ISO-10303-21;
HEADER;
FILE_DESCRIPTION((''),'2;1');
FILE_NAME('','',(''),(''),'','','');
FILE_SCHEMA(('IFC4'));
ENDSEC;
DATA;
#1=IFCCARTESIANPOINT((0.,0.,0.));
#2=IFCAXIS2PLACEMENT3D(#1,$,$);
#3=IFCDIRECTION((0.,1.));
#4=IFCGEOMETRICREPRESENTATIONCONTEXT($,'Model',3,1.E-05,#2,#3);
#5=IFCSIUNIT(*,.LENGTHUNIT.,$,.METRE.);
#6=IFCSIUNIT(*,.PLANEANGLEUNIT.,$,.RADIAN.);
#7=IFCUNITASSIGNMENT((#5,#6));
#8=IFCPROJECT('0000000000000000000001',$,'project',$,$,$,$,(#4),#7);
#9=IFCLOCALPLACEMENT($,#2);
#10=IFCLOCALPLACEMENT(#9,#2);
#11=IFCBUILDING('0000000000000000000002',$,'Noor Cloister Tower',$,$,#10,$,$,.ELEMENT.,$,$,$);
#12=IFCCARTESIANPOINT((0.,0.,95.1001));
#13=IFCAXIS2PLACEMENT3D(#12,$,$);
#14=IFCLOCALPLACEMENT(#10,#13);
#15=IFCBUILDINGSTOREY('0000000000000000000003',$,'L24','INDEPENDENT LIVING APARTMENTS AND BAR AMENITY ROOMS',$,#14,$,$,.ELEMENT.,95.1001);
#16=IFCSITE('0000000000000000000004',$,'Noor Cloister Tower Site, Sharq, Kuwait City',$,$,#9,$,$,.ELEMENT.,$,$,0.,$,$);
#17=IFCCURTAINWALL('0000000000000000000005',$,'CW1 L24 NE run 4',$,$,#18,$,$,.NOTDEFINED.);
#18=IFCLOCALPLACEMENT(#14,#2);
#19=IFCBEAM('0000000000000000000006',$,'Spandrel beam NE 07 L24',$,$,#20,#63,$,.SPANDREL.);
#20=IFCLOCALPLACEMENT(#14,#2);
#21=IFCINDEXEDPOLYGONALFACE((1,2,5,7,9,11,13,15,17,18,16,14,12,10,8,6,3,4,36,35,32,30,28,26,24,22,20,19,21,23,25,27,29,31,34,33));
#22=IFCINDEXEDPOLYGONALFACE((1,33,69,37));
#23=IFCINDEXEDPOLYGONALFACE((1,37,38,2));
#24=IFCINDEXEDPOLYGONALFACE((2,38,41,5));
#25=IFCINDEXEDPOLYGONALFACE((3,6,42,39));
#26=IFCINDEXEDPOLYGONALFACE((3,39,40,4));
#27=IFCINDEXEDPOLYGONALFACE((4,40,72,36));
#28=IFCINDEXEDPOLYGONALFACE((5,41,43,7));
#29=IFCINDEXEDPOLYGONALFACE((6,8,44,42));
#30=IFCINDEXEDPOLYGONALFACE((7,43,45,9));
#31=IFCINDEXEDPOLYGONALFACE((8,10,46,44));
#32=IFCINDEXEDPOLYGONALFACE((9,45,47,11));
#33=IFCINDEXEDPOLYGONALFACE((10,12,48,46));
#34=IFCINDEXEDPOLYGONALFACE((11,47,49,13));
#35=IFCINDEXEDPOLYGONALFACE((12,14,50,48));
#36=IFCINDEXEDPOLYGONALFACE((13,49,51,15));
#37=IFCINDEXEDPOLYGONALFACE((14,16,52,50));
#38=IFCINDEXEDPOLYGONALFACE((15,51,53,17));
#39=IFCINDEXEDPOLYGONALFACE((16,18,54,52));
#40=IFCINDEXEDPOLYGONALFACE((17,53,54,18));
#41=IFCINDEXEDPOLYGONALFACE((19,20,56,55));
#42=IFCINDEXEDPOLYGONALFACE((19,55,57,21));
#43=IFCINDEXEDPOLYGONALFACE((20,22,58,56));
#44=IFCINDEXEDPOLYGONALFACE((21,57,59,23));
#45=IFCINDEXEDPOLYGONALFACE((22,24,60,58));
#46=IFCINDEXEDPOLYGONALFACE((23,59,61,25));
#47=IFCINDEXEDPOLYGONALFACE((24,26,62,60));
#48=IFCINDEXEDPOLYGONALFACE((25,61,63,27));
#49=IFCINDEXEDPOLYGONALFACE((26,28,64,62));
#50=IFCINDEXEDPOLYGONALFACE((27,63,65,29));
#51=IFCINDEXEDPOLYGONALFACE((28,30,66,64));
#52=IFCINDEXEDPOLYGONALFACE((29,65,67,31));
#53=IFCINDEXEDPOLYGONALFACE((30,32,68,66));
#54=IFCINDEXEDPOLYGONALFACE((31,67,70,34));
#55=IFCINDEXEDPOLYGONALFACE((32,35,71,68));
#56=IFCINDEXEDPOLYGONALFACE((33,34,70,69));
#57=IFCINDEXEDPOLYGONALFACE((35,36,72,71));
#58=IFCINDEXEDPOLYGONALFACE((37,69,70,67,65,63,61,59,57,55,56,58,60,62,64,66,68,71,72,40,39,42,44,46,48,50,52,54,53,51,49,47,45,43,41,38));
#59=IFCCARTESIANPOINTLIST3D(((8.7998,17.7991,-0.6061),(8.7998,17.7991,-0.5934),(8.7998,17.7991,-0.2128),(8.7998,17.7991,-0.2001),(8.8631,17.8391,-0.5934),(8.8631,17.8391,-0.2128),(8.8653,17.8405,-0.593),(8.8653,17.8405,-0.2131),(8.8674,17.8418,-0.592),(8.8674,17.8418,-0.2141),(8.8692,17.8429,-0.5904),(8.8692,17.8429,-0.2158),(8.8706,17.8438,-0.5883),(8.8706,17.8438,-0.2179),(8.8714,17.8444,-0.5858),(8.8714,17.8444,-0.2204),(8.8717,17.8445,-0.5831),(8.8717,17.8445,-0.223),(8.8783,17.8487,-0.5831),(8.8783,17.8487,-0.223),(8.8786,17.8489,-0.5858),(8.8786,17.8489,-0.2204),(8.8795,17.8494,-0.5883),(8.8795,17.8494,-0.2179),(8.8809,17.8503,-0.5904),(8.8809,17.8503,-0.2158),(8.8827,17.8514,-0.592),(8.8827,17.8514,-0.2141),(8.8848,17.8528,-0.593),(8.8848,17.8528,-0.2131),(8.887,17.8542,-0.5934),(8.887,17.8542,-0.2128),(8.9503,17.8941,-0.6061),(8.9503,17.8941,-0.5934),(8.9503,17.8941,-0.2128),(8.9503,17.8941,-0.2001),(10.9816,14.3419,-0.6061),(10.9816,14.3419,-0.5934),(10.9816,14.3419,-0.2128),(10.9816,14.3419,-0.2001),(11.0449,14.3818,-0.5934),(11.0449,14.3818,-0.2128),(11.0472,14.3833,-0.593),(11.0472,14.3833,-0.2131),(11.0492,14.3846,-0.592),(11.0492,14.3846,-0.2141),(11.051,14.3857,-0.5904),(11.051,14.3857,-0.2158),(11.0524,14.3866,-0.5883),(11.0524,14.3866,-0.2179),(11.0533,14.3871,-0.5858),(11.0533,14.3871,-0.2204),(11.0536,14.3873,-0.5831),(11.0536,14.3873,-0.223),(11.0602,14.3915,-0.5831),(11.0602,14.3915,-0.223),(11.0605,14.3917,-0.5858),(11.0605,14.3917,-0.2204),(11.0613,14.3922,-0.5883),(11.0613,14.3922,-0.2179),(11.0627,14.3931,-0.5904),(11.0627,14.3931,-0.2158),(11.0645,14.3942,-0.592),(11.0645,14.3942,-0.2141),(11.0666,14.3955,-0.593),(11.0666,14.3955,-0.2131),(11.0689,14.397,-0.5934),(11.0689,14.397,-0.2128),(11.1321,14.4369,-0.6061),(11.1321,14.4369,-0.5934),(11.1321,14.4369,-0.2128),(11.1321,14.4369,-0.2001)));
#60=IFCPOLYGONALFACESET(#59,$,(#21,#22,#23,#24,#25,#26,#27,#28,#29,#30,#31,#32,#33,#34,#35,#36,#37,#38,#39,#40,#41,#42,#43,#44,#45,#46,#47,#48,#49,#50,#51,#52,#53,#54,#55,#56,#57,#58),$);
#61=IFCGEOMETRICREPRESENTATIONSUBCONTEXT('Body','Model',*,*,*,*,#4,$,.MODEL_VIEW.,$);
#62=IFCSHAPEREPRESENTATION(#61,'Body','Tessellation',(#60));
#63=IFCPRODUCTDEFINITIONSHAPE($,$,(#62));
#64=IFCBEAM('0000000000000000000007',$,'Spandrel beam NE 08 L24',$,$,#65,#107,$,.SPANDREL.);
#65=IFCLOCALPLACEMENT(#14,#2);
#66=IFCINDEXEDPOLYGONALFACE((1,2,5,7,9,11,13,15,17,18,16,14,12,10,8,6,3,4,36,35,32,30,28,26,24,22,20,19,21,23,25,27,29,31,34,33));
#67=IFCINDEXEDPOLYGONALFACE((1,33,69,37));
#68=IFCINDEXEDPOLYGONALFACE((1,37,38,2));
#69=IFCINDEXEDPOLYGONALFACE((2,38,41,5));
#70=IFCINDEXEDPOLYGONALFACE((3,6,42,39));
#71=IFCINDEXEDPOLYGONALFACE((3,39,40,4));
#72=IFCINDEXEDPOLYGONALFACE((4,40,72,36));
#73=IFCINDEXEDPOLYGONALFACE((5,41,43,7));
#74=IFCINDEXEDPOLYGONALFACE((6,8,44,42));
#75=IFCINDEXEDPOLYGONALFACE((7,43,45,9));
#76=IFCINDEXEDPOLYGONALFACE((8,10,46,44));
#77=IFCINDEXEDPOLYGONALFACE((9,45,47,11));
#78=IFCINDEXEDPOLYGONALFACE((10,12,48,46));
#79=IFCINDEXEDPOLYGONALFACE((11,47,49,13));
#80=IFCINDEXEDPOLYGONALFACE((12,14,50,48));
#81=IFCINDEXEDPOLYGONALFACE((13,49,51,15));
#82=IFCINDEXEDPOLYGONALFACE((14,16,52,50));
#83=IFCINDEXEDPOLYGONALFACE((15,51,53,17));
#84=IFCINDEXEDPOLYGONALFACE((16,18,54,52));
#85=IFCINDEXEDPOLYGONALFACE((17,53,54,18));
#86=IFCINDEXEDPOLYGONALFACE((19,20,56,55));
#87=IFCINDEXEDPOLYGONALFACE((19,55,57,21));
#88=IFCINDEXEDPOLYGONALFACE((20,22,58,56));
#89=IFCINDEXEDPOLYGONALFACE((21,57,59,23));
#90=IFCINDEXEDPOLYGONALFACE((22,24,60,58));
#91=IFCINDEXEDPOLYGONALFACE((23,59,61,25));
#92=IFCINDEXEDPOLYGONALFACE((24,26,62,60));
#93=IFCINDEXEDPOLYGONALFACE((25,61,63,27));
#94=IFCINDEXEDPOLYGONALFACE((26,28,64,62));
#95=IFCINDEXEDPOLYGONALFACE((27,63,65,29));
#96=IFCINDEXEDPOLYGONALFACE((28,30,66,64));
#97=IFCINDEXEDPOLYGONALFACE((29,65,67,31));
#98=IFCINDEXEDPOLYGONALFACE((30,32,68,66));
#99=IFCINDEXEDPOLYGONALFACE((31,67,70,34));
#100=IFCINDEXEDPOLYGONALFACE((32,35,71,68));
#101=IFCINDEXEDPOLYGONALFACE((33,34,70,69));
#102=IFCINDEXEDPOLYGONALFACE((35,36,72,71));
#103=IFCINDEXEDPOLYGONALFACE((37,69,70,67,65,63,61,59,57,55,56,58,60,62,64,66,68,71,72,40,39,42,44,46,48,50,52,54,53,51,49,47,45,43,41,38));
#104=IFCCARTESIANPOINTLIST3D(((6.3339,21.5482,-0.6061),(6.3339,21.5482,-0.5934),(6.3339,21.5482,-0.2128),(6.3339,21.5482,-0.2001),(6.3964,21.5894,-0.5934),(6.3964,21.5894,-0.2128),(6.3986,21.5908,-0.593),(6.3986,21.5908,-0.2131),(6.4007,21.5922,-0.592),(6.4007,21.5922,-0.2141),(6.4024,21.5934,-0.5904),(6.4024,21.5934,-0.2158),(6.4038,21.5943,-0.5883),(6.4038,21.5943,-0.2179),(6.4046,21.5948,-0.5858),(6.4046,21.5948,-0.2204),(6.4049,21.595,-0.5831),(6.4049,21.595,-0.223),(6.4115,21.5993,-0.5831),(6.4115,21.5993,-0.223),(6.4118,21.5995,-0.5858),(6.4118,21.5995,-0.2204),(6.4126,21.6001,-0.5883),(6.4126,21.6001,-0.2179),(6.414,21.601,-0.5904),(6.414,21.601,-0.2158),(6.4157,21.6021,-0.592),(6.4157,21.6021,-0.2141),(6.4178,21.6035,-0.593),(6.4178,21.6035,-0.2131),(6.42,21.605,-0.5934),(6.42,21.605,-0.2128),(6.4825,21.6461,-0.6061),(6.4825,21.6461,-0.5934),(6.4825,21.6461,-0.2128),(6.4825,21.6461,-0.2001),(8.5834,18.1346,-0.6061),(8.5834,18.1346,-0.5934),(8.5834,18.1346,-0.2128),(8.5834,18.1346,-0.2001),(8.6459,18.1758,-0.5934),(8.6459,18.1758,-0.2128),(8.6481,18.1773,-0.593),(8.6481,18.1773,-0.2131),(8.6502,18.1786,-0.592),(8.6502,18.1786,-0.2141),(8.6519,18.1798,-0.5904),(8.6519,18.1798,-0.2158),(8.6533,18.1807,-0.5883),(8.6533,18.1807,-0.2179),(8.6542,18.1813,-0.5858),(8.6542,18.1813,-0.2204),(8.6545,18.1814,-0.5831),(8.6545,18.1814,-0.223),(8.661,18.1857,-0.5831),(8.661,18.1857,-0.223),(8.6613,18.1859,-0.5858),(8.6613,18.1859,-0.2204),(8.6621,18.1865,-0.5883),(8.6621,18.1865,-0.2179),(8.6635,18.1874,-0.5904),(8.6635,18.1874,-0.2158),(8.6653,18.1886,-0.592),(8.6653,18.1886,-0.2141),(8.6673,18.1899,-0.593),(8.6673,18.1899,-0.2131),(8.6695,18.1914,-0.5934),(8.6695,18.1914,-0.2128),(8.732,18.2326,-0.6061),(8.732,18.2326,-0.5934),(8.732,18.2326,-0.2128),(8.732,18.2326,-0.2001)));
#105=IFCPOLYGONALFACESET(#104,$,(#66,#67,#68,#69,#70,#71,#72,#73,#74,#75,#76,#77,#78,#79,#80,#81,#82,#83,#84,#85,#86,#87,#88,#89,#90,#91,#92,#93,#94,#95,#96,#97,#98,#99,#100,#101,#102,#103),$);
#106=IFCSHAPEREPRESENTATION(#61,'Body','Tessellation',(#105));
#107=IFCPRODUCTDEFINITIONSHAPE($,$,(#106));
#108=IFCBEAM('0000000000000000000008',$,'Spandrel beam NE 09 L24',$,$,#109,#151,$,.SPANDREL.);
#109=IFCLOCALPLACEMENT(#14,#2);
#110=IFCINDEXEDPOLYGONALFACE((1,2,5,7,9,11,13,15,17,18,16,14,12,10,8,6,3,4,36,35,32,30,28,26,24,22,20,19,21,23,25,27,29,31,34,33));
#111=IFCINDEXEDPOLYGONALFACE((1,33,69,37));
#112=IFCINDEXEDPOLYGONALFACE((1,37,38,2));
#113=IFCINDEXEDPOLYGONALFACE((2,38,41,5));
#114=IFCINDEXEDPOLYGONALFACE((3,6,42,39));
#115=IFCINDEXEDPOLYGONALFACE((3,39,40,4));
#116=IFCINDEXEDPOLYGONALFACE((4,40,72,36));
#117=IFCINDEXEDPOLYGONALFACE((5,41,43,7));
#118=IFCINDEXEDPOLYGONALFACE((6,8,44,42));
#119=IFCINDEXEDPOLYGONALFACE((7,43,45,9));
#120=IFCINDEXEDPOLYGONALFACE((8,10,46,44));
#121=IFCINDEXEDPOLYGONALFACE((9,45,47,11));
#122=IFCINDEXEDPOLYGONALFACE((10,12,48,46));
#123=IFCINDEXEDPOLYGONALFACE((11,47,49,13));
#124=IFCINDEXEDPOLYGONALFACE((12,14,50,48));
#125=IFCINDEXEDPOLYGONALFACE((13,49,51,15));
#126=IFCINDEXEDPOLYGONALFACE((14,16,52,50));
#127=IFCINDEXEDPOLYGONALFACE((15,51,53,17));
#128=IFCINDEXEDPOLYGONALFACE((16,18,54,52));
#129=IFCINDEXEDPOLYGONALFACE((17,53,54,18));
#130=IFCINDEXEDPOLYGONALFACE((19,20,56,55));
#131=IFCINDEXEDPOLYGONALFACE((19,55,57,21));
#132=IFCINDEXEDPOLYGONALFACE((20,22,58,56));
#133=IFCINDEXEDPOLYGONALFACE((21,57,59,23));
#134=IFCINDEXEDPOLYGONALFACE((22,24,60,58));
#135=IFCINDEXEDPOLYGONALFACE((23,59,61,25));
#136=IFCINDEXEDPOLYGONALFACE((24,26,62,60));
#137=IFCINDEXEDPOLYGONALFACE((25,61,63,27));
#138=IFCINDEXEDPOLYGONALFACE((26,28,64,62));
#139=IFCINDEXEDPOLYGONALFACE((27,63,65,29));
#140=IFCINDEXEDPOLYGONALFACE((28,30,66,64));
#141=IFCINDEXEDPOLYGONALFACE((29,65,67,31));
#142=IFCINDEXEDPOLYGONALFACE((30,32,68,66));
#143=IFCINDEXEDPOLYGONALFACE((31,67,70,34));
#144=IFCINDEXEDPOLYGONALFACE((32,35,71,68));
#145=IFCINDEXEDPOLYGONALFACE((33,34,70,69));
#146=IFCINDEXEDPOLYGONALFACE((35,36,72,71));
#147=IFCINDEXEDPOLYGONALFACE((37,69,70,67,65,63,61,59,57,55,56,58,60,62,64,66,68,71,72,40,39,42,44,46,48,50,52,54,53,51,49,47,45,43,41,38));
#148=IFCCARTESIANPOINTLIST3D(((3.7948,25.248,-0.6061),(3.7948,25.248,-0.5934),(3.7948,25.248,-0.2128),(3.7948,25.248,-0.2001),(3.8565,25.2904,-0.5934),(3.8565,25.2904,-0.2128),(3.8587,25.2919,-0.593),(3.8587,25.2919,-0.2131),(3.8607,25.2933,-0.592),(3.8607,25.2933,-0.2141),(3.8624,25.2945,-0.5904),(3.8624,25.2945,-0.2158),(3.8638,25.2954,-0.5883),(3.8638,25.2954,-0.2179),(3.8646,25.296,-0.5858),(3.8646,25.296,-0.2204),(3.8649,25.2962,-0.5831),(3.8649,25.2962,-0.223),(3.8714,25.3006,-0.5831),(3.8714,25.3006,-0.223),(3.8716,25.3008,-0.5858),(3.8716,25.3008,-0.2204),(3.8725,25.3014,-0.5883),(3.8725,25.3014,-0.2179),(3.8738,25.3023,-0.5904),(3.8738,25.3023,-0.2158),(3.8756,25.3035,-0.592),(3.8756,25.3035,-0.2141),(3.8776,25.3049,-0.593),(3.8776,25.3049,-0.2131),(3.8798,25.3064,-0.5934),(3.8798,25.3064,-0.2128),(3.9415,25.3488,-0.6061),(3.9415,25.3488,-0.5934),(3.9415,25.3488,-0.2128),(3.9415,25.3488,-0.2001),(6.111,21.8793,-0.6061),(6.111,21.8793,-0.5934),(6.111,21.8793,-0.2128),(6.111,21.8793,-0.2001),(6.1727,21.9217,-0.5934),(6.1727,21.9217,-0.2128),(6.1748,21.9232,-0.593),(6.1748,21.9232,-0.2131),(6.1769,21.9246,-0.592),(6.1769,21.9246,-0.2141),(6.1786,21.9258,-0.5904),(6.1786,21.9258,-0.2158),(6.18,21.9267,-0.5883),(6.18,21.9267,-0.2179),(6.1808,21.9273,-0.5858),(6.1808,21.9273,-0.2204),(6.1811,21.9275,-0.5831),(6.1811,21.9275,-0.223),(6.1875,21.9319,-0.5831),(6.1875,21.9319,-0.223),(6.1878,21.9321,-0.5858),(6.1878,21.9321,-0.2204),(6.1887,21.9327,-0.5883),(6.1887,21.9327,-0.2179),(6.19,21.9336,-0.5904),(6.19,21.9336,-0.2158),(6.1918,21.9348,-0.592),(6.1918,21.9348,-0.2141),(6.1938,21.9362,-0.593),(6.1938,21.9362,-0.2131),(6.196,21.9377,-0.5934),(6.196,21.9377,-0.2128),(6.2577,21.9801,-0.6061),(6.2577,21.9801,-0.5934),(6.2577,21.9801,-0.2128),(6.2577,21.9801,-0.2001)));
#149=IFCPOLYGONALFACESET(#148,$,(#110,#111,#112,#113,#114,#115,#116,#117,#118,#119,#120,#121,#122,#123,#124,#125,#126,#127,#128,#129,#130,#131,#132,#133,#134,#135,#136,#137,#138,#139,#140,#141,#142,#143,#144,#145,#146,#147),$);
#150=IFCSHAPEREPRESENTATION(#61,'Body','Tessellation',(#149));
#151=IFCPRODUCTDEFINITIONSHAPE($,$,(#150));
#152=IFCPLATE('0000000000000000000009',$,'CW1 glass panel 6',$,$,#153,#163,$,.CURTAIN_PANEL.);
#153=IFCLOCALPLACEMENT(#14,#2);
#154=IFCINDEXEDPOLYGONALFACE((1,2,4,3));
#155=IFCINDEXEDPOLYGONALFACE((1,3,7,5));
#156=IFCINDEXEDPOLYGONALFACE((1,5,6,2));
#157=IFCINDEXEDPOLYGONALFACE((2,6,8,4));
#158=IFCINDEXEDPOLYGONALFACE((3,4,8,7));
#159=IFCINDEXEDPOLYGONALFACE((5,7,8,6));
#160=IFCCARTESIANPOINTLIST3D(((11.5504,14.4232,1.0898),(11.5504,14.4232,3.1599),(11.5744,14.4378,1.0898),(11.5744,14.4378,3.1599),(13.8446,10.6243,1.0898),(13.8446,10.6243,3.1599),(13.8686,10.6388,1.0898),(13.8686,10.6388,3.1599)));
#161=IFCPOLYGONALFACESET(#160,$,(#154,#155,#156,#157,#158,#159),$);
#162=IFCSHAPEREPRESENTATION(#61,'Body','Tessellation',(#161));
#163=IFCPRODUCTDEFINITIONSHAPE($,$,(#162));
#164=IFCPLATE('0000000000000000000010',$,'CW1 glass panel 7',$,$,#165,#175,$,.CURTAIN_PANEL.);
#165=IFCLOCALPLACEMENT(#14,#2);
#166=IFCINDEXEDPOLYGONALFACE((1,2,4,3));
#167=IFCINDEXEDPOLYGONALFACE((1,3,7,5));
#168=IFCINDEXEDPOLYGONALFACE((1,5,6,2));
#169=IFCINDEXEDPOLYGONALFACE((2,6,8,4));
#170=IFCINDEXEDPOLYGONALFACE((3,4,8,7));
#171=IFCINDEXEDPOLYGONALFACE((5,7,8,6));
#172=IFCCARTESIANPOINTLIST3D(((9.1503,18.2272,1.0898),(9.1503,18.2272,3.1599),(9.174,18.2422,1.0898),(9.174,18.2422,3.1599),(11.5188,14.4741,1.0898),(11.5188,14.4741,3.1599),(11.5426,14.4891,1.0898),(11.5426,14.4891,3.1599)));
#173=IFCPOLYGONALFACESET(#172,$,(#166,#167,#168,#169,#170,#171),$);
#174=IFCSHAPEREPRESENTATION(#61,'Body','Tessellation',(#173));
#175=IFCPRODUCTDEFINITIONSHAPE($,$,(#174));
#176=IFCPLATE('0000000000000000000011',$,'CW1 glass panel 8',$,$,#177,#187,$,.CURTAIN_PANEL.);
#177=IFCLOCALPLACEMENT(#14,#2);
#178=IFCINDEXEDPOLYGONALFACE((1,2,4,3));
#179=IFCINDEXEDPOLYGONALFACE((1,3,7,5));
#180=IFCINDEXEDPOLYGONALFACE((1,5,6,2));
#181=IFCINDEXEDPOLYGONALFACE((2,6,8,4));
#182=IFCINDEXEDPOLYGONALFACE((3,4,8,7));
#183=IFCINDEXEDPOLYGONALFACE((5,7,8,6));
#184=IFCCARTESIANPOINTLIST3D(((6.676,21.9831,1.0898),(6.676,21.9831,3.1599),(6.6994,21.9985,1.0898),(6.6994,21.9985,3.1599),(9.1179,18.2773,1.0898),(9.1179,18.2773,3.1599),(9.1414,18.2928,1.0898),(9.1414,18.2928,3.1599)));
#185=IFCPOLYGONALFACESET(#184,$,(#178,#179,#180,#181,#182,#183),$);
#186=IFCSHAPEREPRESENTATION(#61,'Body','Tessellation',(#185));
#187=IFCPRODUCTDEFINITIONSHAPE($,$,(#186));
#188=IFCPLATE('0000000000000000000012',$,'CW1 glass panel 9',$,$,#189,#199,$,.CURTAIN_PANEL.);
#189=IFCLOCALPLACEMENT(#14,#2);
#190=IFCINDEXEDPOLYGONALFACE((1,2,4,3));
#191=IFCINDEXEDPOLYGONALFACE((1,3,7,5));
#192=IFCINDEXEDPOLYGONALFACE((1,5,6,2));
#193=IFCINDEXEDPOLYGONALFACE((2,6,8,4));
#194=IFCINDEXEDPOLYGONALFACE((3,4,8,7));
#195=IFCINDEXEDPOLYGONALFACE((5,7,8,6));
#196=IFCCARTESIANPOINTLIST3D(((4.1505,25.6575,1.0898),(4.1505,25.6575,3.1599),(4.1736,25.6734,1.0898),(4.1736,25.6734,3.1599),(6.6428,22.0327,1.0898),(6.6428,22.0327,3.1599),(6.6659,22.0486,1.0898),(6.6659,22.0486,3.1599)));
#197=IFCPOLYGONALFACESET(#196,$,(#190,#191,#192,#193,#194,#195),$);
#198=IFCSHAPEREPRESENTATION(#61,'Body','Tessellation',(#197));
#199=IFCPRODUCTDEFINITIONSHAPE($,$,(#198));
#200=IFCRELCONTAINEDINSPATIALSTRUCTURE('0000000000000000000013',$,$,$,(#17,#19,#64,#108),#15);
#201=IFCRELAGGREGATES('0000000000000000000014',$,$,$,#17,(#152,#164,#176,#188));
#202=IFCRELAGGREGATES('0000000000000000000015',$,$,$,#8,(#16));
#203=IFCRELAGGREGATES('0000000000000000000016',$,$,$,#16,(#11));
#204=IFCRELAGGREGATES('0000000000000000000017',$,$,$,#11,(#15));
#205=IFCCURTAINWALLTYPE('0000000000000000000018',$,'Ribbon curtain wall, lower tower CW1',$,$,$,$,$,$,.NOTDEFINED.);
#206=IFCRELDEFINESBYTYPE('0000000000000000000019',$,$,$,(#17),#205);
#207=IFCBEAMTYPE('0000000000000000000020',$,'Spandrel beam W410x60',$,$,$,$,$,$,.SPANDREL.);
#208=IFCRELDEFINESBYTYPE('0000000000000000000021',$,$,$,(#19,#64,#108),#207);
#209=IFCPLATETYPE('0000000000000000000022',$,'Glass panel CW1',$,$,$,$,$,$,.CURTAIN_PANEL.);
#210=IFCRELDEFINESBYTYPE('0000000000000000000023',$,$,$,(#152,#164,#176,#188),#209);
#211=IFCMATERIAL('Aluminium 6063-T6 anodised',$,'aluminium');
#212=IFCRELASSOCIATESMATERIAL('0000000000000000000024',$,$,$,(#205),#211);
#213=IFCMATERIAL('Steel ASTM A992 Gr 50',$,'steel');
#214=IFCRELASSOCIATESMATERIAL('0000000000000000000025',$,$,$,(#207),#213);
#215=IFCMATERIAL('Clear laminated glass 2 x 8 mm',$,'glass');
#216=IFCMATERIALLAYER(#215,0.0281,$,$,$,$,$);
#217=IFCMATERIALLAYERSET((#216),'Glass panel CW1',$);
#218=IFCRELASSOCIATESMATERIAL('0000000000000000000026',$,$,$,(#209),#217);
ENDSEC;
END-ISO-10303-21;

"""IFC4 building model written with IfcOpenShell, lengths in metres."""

from ifc_helpers import new_model, si_unit, direction, frame, origin, origin_2d, place, context, subcontext, project, spatial, rectangle, i_section, extrude, material, layer, layer_set, material_profile, profile_set, type_object, element, aggregate, save


model = new_model("IFC4")

# Units and contexts
model_context = context("Model", 3, precision=1e-05, world=origin(), true_north=direction((0.0, 1.0)))
body_context = subcontext(model_context, "Body", "Model", "MODEL_VIEW")
ifc_project = project(units=[si_unit("LENGTHUNIT", "METRE"), si_unit("PLANEANGLEUNIT", "RADIAN")], contexts=[model_context])

# Site, building, storey
site_placement = place(None, origin())
site = spatial("IfcSite", under=ifc_project, at=site_placement, Name="Noor Cloister Tower Site, Sharq, Kuwait City", CompositionType="ELEMENT", RefElevation=0.0)
building_placement = place(site_placement, origin())
building = spatial("IfcBuilding", under=site, at=building_placement, Name="Noor Cloister Tower", CompositionType="ELEMENT")
storey_placement = place(building_placement, frame((0.0, 0.0, 95.1001)))
storey = spatial("IfcBuildingStorey", under=building, at=storey_placement, Name="L24", Description="INDEPENDENT LIVING APARTMENTS AND BAR AMENITY ROOMS", CompositionType="ELEMENT", Elevation=95.1001)

# Curtain wall
ifc_material_1 = material(Name="Aluminium 6063-T6 anodised", Category="aluminium")
curtain_wall_type = type_object("IfcCurtainWallType", Name="Ribbon curtain wall, lower tower CW1", PredefinedType="NOTDEFINED", material=ifc_material_1)
curtain_wall_placement = place(storey_placement, origin())
curtain_wall = element("IfcCurtainWall", 1, at=curtain_wall_placement, inside=storey, type_object=curtain_wall_type, Name="CW1 L24 NE run 4", PredefinedType="NOTDEFINED")

# Beams
ifc_material_2 = material(Name="Steel ASTM A992 Gr 50", Category="steel")
ifc_material_profile_1 = material_profile(ifc_material_2, i_section(OverallWidth=0.178, OverallDepth=0.406, WebThickness=0.0078, FlangeThickness=0.0127, FilletRadius=0.0103, at=origin_2d()), Name="W410x60")
ifc_profile_set_1 = profile_set([ifc_material_profile_1], Name="Steel ASTM A992 Gr 50")
beam_type_1 = type_object("IfcBeamType", Name="Spandrel beam W410x60", PredefinedType="SPANDREL", material=ifc_profile_set_1)
for number, where, z_axis, x_axis, name in (
    (2, (11.0569, 14.3894, -0.4031), (-0.533703, 0.845672, 0.0), (-0.845672, -0.533703, 0.0), "Spandrel beam NE 07 L24"),
    (3, (8.6577, 18.1836, -0.4031), (-0.550255, 0.834997, 0.0), (-0.834997, -0.550255, 0.0), "Spandrel beam NE 08 L24"),
    (4, (6.1843, 21.9297, -0.4031), (-0.566564, 0.824018, 0.0), (-0.824018, -0.566564, 0.0), "Spandrel beam NE 09 L24"),
):
    element("IfcBeam", number, at=place(storey_placement, frame(where, z_axis=z_axis, x_axis=x_axis)), inside=storey, type_object=beam_type_1, Name=name, PredefinedType="SPANDREL", context=body_context, shape_type="SweptSolid", body=[
        extrude(i_section(OverallWidth=0.178, OverallDepth=0.406, WebThickness=0.0078, FlangeThickness=0.0127, FilletRadius=0.0103, at=origin_2d()), origin(), (0.0, 0.0, 1.0), 4.0881),
    ])

# Plates
ifc_material_3 = material(Name="Clear laminated glass 2 x 8 mm", Category="glass")
ifc_layer_1 = layer(ifc_material_3, 0.0281)
ifc_layer_set_1 = layer_set([ifc_layer_1], Name="Glass panel CW1")
plate_type = type_object("IfcPlateType", Name="Glass panel CW1", PredefinedType="CURTAIN_PANEL", material=ifc_layer_set_1)
plate_1_placement = place(storey_placement, frame((12.7095, 12.531, 1.0898), z_axis=(0.0, 0.0, 1.0), x_axis=(-0.516948, 0.856017, 0.0)))
plate_1 = element("IfcPlate", 5, at=plate_1_placement, type_object=plate_type, Name="CW1 glass panel 6", PredefinedType="CURTAIN_PANEL", context=body_context, shape_type="SweptSolid", body=[
    extrude(rectangle(XDim=4.438, YDim=0.0281, at=origin_2d()), origin(), (0.0, 0.0, 1.0), 2.0701),
])
plate_2_placement = place(storey_placement, frame((10.3464, 16.3582, 1.0898), z_axis=(0.0, 0.0, 1.0), x_axis=(-0.533696, 0.845676, 0.0)))
plate_2 = element("IfcPlate", 6, at=plate_2_placement, type_object=plate_type, Name="CW1 glass panel 7", PredefinedType="CURTAIN_PANEL", context=body_context, shape_type="SweptSolid", body=[
    extrude(rectangle(XDim=4.438, YDim=0.0281, at=origin_2d()), origin(), (0.0, 0.0, 1.0), 2.0701),
])
plate_3_placement = place(storey_placement, frame((7.9087, 20.1379, 1.0898), z_axis=(0.0, 0.0, 1.0), x_axis=(-0.550237, 0.835008, 0.0)))
plate_3 = element("IfcPlate", 7, at=plate_3_placement, type_object=plate_type, Name="CW1 glass panel 8", PredefinedType="CURTAIN_PANEL", context=body_context, shape_type="SweptSolid", body=[
    extrude(rectangle(XDim=4.438, YDim=0.0281, at=origin_2d()), origin(), (0.0, 0.0, 1.0), 2.0701),
])
plate_4_placement = place(storey_placement, frame((5.4082, 23.853, 1.0898), z_axis=(0.0, 0.0, 1.0), x_axis=(-0.566566, 0.824017, 0.0)))
plate_4 = element("IfcPlate", 8, at=plate_4_placement, type_object=plate_type, Name="CW1 glass panel 9", PredefinedType="CURTAIN_PANEL", context=body_context, shape_type="SweptSolid", body=[
    extrude(rectangle(XDim=4.3989, YDim=0.0281, at=origin_2d()), origin(), (0.0, 0.0, 1.0), 2.0701),
])
aggregate(curtain_wall, [plate_1, plate_2, plate_3, plate_4])

save(model, "model.ifc")
